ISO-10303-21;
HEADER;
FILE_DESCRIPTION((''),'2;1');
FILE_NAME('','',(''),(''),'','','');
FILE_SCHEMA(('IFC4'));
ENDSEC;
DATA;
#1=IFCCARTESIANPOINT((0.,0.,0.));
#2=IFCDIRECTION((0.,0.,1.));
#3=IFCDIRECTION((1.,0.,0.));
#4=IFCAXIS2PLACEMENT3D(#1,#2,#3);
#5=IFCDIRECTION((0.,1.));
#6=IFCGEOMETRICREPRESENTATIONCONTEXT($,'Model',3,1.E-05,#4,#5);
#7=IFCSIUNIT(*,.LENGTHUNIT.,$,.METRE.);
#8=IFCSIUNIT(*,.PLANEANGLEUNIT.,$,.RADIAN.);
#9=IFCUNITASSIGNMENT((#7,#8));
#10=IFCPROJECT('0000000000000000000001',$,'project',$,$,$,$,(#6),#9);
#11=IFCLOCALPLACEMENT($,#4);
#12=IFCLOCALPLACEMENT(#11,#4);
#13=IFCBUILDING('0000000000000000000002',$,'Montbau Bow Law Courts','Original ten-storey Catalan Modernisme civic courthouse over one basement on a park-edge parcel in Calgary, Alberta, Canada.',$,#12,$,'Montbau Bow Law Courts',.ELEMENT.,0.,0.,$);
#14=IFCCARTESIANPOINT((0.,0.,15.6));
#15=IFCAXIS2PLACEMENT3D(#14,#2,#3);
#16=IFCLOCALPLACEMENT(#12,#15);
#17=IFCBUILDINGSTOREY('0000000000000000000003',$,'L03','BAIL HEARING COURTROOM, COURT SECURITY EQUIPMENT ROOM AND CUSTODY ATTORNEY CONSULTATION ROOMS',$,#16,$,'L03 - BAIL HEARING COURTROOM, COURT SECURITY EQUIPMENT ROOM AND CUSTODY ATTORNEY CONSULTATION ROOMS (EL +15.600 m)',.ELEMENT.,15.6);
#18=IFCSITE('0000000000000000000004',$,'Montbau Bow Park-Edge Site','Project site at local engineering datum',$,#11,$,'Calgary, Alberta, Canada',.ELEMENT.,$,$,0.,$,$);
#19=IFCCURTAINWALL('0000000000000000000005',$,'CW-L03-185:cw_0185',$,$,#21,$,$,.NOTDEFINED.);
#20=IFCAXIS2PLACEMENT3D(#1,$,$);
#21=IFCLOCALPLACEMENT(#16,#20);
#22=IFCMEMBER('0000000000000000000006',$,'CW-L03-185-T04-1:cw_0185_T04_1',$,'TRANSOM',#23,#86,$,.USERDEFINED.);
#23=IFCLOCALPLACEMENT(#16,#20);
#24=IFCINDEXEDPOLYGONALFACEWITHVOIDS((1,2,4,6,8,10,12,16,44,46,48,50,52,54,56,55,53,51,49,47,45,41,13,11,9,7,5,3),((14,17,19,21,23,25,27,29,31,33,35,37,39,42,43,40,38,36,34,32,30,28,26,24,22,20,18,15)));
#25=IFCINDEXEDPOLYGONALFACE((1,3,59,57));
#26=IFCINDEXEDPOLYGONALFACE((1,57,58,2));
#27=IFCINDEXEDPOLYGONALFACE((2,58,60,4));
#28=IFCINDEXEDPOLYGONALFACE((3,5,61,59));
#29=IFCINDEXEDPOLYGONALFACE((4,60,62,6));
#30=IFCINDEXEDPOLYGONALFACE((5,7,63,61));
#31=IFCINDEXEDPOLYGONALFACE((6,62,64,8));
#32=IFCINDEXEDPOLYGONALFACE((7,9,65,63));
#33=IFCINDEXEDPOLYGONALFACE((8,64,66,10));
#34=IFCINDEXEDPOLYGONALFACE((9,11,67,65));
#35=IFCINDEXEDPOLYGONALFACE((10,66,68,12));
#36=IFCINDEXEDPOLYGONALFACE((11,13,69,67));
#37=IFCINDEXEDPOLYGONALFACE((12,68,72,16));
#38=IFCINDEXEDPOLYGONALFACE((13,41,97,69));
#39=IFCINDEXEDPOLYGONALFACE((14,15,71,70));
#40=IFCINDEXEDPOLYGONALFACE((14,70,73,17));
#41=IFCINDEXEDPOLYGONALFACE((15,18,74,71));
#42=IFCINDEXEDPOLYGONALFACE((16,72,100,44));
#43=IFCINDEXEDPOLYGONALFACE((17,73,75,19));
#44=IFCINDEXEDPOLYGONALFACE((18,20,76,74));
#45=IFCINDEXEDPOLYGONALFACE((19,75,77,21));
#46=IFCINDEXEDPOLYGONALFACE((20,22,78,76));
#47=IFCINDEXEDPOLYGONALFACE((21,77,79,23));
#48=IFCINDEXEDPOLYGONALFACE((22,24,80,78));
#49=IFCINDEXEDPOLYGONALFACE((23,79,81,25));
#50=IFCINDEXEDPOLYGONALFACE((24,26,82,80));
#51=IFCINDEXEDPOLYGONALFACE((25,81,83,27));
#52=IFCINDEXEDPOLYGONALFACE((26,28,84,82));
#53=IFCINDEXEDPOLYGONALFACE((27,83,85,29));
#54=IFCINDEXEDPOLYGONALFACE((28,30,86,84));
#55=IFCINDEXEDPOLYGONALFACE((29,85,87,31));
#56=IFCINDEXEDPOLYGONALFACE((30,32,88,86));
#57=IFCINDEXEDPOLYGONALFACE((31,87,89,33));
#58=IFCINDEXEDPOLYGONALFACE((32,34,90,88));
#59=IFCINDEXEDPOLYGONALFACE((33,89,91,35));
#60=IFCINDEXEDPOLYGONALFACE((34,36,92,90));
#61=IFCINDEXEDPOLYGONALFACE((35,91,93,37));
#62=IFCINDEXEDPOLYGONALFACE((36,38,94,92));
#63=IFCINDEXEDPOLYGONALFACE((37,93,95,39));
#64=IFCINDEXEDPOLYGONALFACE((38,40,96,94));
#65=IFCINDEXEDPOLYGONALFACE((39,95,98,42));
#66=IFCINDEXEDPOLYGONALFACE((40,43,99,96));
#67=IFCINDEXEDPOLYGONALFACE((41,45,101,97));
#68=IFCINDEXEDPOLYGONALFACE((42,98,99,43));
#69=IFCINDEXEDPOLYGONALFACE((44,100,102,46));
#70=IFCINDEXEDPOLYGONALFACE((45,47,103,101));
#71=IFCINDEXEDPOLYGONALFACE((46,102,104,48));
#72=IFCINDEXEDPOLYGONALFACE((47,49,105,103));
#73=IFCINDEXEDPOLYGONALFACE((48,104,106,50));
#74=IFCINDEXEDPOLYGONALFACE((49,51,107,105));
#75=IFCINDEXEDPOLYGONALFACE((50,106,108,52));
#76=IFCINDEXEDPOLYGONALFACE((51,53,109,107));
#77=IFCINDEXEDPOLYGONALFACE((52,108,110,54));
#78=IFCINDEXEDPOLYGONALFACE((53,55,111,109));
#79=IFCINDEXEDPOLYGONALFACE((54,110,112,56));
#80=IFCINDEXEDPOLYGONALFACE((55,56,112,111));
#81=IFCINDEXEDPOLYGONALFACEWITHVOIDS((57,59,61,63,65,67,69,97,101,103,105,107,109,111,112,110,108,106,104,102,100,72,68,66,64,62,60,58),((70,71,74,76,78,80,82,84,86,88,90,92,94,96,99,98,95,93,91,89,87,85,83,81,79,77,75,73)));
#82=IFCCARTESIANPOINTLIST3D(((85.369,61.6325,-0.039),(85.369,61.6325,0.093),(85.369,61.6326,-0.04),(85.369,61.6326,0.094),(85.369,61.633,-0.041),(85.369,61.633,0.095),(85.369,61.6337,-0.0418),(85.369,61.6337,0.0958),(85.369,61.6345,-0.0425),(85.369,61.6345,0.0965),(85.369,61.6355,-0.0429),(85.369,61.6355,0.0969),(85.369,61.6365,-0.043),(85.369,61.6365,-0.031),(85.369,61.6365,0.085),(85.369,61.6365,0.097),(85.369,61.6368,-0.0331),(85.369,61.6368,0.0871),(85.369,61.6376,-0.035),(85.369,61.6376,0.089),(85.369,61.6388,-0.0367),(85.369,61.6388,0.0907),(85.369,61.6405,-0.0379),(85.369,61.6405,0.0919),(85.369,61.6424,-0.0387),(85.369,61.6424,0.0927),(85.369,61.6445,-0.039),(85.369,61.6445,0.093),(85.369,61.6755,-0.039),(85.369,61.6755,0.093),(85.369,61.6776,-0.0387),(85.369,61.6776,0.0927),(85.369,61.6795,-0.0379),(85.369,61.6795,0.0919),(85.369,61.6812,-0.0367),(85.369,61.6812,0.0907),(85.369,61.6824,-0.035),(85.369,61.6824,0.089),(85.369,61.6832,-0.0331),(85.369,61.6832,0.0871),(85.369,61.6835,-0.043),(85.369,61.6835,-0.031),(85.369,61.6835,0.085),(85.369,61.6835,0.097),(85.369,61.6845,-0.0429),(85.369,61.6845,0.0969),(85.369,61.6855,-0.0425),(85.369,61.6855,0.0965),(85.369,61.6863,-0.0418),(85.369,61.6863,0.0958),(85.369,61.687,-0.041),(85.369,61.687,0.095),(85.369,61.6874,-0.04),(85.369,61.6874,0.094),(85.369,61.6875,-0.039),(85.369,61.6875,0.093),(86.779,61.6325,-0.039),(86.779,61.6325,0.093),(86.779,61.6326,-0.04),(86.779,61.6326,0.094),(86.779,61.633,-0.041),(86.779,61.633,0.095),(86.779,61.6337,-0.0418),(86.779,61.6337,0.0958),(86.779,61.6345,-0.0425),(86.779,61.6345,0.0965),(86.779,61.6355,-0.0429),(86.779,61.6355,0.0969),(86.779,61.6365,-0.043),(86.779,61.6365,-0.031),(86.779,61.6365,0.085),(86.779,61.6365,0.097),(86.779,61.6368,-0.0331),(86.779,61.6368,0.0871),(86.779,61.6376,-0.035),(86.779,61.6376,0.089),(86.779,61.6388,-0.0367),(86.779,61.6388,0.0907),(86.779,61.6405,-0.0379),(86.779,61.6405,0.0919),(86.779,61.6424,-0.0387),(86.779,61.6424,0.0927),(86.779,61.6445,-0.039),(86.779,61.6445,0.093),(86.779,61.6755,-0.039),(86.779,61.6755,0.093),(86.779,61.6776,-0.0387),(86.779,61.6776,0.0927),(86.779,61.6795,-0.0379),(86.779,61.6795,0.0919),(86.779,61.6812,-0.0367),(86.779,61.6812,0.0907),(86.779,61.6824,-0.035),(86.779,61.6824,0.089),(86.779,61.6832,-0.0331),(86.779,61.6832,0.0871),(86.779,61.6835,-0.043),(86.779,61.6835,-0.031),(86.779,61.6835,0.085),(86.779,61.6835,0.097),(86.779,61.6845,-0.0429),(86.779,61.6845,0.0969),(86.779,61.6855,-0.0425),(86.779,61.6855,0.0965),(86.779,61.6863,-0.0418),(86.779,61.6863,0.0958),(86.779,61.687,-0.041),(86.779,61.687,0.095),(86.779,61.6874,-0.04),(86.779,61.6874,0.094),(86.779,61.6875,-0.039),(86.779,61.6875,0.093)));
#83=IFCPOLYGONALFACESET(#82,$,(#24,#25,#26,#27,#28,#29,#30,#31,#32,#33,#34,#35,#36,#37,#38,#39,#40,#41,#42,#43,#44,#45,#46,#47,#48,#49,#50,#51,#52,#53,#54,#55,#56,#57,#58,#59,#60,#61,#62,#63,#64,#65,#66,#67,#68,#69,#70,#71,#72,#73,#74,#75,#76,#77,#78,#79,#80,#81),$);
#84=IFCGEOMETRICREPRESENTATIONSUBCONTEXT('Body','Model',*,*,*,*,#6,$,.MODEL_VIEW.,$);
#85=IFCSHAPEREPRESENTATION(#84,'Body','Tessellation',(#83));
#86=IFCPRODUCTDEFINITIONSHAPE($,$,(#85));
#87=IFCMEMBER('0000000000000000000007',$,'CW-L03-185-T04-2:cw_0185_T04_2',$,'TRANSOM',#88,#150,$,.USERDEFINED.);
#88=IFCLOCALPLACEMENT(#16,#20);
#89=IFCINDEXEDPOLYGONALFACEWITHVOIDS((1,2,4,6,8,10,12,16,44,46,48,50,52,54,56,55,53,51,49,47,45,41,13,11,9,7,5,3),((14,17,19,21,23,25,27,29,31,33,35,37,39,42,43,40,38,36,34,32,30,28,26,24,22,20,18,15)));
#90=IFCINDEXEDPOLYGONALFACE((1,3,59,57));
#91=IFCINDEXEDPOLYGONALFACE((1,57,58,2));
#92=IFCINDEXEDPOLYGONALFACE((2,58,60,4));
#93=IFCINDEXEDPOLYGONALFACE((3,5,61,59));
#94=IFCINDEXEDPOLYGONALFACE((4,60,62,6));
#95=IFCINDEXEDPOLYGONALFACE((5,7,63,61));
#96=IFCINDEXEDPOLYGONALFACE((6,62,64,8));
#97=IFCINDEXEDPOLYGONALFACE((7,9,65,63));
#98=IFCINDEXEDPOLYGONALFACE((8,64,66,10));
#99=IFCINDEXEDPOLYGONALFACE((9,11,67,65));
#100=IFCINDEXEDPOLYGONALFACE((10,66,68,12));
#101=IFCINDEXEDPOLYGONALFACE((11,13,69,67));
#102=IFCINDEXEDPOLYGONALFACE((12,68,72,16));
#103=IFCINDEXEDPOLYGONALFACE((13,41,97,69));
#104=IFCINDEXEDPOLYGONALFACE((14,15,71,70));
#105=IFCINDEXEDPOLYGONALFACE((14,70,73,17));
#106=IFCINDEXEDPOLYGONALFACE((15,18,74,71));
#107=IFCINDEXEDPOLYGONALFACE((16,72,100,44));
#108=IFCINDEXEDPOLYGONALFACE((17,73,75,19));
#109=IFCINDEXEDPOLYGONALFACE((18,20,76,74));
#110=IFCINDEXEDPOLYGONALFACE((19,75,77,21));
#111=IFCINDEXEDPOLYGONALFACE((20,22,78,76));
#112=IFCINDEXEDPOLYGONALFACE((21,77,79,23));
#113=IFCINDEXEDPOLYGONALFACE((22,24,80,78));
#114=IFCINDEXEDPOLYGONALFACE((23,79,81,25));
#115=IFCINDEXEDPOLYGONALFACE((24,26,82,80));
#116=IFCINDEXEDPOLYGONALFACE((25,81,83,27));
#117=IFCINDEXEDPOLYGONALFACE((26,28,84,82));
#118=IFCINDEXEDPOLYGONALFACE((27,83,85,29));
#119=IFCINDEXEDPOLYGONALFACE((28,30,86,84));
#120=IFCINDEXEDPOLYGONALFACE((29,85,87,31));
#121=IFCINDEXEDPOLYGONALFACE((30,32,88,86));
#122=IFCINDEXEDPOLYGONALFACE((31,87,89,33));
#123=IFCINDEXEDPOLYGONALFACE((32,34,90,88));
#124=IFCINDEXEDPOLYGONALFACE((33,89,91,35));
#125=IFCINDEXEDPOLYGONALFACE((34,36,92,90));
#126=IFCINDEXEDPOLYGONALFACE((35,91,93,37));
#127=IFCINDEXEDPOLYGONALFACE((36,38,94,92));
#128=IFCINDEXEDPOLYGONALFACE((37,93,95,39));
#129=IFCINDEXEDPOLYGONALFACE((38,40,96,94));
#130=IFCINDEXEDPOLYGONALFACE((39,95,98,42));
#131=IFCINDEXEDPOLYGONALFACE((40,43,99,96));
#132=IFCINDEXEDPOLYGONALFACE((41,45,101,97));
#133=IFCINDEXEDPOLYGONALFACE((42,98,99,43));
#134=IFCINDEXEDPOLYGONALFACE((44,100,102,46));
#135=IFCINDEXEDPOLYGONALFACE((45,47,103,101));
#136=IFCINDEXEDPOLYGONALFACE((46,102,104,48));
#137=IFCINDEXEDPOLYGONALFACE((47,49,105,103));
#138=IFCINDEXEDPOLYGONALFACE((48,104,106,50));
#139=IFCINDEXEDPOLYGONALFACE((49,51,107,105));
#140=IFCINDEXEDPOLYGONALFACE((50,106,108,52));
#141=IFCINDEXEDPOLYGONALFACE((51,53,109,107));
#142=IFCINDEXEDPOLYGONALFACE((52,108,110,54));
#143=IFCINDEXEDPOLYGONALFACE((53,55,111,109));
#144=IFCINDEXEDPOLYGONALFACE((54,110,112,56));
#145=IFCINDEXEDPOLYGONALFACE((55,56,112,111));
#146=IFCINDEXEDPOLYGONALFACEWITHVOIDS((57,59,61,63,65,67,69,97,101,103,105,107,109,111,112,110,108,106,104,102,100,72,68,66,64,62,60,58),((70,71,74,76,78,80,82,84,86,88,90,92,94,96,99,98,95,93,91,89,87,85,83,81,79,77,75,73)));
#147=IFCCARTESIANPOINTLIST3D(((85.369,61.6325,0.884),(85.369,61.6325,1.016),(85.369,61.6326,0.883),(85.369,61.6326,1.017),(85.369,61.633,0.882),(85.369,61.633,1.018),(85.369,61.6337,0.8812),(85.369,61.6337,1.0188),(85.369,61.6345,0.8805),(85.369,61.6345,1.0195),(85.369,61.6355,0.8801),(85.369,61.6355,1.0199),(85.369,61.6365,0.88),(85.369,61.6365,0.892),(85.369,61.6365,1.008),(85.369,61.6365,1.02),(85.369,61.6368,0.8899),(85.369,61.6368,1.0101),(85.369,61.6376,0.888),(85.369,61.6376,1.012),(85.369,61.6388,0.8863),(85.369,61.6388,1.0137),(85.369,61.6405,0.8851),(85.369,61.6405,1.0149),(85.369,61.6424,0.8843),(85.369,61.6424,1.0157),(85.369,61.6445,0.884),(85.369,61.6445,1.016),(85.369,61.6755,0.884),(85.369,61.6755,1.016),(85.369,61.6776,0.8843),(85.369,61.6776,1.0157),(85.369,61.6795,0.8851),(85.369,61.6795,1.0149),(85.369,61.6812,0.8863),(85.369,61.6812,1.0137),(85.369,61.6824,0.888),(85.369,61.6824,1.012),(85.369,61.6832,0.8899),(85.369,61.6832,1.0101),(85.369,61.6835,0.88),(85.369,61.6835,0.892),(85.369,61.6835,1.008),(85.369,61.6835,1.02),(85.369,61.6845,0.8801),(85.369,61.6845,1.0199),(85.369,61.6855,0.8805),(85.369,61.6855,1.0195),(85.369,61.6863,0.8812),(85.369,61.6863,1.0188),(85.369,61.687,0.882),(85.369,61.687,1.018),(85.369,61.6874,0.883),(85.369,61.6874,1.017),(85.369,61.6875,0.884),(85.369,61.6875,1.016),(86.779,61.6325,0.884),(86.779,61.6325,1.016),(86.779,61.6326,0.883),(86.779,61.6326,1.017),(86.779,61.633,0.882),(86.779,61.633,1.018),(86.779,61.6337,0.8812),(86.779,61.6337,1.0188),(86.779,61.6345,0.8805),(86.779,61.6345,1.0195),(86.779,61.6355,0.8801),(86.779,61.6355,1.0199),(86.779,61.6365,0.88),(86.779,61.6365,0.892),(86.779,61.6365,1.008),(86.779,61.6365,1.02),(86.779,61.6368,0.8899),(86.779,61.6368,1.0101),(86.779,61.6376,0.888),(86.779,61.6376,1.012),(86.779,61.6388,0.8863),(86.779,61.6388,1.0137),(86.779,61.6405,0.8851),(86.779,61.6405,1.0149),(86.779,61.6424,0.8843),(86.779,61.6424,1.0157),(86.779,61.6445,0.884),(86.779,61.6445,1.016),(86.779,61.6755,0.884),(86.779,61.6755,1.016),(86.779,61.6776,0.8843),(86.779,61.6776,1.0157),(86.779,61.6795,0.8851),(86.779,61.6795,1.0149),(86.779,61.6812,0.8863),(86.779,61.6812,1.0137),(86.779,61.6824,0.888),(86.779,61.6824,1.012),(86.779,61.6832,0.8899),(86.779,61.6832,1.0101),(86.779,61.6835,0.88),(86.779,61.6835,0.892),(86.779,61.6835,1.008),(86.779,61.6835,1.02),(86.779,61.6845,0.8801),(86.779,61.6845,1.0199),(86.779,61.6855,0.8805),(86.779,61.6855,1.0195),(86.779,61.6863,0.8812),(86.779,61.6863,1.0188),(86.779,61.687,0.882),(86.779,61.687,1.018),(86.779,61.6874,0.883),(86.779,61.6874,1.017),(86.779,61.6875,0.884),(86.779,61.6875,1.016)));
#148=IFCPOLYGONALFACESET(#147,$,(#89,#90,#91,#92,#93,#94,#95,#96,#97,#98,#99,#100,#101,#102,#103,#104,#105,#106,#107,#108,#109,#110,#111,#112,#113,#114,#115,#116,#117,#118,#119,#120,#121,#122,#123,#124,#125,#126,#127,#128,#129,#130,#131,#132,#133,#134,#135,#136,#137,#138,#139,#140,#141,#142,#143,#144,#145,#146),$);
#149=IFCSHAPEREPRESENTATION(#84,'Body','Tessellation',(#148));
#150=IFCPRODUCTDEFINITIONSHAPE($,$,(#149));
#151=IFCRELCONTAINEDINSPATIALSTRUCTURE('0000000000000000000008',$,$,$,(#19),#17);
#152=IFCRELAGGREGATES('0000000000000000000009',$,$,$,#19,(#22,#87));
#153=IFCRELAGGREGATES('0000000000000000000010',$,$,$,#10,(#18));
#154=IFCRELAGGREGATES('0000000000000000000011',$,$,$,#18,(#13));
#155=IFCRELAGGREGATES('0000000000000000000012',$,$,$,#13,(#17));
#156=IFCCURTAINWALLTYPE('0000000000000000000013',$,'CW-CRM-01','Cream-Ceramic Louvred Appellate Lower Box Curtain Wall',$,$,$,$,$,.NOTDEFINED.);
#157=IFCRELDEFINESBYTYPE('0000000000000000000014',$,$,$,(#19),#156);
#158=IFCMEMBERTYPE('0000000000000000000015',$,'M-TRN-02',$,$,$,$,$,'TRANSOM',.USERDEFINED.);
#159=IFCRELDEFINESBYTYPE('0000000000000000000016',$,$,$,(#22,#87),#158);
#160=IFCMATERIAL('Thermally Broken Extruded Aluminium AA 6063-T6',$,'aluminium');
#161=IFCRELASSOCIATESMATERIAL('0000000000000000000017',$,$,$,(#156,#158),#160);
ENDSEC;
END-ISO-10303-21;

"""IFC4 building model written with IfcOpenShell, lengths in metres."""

from ifc_helpers import new_model, si_unit, direction, frame, origin_with_axes, origin_2d_with_axis, place, context, subcontext, project, spatial, hollow_rectangle, extrude, material, material_profile, profile_set, type_object, element, aggregate, save


model = new_model("IFC4")

# Units and contexts
model_context = context("Model", 3, precision=1e-05, world=origin_with_axes(), true_north=direction((0.0, 1.0)))
body_context = subcontext(model_context, "Body", "Model", "MODEL_VIEW")
ifc_project = project(units=[si_unit("LENGTHUNIT", "METRE"), si_unit("PLANEANGLEUNIT", "RADIAN")], contexts=[model_context])

# Site, building, storey
site_placement = place(None, origin_with_axes())
site = spatial("IfcSite", under=ifc_project, at=site_placement, Name="Montbau Bow Park-Edge Site", Description="Project site at local engineering datum", LongName="Calgary, Alberta, Canada", CompositionType="ELEMENT", RefElevation=0.0)
building_placement = place(site_placement, origin_with_axes())
building = spatial("IfcBuilding", under=site, at=building_placement, Name="Montbau Bow Law Courts", Description="Original ten-storey Catalan Modernisme civic courthouse over one basement on a park-edge parcel in Calgary, Alberta, Canada.", LongName="Montbau Bow Law Courts", CompositionType="ELEMENT", ElevationOfRefHeight=0.0, ElevationOfTerrain=0.0)
storey_placement = place(building_placement, frame((0.0, 0.0, 15.6), z_axis=(0.0, 0.0, 1.0), x_axis=(1.0, 0.0, 0.0)))
storey = spatial("IfcBuildingStorey", under=building, at=storey_placement, Name="L03", Description="BAIL HEARING COURTROOM, COURT SECURITY EQUIPMENT ROOM AND CUSTODY ATTORNEY CONSULTATION ROOMS", LongName="L03 - BAIL HEARING COURTROOM, COURT SECURITY EQUIPMENT ROOM AND CUSTODY ATTORNEY CONSULTATION ROOMS (EL +15.600 m)", CompositionType="ELEMENT", Elevation=15.6)

# Curtain wall, members
ifc_material_1 = material(Name="Thermally Broken Extruded Aluminium AA 6063-T6", Category="aluminium")
curtain_wall_type = type_object("IfcCurtainWallType", Name="CW-CRM-01", Description="Cream-Ceramic Louvred Appellate Lower Box Curtain Wall", PredefinedType="NOTDEFINED", material=ifc_material_1)
curtain_wall_placement = place(None, frame((80.915, 61.66, 15.6), z_axis=(0.0, 0.0, 1.0), x_axis=(1.0, 0.0, 0.0)))
curtain_wall = element("IfcCurtainWall", 1, at=curtain_wall_placement, inside=storey, type_object=curtain_wall_type, Name="CW-L03-185:cw_0185", PredefinedType="NOTDEFINED")
ifc_material_profile_1 = material_profile(ifc_material_1, hollow_rectangle(XDim=0.055, YDim=0.14, WallThickness=0.004, InnerFilletRadius=0.008, OuterFilletRadius=0.004, at=origin_2d_with_axis()), Name="CWT-140X55", Category="Main", Priority=0)
ifc_profile_set_1 = profile_set([ifc_material_profile_1], Name="Thermally Broken Extruded Aluminium AA 6063-T6")
member_type_1 = type_object("IfcMemberType", Name="M-TRN-02", ElementType="TRANSOM", PredefinedType="USERDEFINED", material=ifc_profile_set_1)
member_1_placement = place(None, frame((85.369, 61.66, 15.627), z_axis=(1.0, 0.0, 0.0), x_axis=(0.0, 1.0, 0.0)))
member_1 = element("IfcMember", 2, at=member_1_placement, type_object=member_type_1, Name="CW-L03-185-T04-1:cw_0185_T04_1", ObjectType="TRANSOM", PredefinedType="USERDEFINED", context=body_context, shape_type="SweptSolid", body=[
    extrude(hollow_rectangle(XDim=0.055, YDim=0.14, WallThickness=0.004, InnerFilletRadius=0.008, OuterFilletRadius=0.004, at=origin_2d_with_axis()), origin_with_axes(), (0.0, 0.0, 1.0), 1.41),
])
member_2_placement = place(None, frame((85.369, 61.66, 16.55), z_axis=(1.0, 0.0, 0.0), x_axis=(0.0, 1.0, 0.0)))
member_2 = element("IfcMember", 3, at=member_2_placement, type_object=member_type_1, Name="CW-L03-185-T04-2:cw_0185_T04_2", ObjectType="TRANSOM", PredefinedType="USERDEFINED", context=body_context, shape_type="SweptSolid", body=[
    extrude(hollow_rectangle(XDim=0.055, YDim=0.14, WallThickness=0.004, InnerFilletRadius=0.008, OuterFilletRadius=0.004, at=origin_2d_with_axis()), origin_with_axes(), (0.0, 0.0, 1.0), 1.41),
])
aggregate(curtain_wall, [member_1, member_2])

save(model, "model.ifc")
